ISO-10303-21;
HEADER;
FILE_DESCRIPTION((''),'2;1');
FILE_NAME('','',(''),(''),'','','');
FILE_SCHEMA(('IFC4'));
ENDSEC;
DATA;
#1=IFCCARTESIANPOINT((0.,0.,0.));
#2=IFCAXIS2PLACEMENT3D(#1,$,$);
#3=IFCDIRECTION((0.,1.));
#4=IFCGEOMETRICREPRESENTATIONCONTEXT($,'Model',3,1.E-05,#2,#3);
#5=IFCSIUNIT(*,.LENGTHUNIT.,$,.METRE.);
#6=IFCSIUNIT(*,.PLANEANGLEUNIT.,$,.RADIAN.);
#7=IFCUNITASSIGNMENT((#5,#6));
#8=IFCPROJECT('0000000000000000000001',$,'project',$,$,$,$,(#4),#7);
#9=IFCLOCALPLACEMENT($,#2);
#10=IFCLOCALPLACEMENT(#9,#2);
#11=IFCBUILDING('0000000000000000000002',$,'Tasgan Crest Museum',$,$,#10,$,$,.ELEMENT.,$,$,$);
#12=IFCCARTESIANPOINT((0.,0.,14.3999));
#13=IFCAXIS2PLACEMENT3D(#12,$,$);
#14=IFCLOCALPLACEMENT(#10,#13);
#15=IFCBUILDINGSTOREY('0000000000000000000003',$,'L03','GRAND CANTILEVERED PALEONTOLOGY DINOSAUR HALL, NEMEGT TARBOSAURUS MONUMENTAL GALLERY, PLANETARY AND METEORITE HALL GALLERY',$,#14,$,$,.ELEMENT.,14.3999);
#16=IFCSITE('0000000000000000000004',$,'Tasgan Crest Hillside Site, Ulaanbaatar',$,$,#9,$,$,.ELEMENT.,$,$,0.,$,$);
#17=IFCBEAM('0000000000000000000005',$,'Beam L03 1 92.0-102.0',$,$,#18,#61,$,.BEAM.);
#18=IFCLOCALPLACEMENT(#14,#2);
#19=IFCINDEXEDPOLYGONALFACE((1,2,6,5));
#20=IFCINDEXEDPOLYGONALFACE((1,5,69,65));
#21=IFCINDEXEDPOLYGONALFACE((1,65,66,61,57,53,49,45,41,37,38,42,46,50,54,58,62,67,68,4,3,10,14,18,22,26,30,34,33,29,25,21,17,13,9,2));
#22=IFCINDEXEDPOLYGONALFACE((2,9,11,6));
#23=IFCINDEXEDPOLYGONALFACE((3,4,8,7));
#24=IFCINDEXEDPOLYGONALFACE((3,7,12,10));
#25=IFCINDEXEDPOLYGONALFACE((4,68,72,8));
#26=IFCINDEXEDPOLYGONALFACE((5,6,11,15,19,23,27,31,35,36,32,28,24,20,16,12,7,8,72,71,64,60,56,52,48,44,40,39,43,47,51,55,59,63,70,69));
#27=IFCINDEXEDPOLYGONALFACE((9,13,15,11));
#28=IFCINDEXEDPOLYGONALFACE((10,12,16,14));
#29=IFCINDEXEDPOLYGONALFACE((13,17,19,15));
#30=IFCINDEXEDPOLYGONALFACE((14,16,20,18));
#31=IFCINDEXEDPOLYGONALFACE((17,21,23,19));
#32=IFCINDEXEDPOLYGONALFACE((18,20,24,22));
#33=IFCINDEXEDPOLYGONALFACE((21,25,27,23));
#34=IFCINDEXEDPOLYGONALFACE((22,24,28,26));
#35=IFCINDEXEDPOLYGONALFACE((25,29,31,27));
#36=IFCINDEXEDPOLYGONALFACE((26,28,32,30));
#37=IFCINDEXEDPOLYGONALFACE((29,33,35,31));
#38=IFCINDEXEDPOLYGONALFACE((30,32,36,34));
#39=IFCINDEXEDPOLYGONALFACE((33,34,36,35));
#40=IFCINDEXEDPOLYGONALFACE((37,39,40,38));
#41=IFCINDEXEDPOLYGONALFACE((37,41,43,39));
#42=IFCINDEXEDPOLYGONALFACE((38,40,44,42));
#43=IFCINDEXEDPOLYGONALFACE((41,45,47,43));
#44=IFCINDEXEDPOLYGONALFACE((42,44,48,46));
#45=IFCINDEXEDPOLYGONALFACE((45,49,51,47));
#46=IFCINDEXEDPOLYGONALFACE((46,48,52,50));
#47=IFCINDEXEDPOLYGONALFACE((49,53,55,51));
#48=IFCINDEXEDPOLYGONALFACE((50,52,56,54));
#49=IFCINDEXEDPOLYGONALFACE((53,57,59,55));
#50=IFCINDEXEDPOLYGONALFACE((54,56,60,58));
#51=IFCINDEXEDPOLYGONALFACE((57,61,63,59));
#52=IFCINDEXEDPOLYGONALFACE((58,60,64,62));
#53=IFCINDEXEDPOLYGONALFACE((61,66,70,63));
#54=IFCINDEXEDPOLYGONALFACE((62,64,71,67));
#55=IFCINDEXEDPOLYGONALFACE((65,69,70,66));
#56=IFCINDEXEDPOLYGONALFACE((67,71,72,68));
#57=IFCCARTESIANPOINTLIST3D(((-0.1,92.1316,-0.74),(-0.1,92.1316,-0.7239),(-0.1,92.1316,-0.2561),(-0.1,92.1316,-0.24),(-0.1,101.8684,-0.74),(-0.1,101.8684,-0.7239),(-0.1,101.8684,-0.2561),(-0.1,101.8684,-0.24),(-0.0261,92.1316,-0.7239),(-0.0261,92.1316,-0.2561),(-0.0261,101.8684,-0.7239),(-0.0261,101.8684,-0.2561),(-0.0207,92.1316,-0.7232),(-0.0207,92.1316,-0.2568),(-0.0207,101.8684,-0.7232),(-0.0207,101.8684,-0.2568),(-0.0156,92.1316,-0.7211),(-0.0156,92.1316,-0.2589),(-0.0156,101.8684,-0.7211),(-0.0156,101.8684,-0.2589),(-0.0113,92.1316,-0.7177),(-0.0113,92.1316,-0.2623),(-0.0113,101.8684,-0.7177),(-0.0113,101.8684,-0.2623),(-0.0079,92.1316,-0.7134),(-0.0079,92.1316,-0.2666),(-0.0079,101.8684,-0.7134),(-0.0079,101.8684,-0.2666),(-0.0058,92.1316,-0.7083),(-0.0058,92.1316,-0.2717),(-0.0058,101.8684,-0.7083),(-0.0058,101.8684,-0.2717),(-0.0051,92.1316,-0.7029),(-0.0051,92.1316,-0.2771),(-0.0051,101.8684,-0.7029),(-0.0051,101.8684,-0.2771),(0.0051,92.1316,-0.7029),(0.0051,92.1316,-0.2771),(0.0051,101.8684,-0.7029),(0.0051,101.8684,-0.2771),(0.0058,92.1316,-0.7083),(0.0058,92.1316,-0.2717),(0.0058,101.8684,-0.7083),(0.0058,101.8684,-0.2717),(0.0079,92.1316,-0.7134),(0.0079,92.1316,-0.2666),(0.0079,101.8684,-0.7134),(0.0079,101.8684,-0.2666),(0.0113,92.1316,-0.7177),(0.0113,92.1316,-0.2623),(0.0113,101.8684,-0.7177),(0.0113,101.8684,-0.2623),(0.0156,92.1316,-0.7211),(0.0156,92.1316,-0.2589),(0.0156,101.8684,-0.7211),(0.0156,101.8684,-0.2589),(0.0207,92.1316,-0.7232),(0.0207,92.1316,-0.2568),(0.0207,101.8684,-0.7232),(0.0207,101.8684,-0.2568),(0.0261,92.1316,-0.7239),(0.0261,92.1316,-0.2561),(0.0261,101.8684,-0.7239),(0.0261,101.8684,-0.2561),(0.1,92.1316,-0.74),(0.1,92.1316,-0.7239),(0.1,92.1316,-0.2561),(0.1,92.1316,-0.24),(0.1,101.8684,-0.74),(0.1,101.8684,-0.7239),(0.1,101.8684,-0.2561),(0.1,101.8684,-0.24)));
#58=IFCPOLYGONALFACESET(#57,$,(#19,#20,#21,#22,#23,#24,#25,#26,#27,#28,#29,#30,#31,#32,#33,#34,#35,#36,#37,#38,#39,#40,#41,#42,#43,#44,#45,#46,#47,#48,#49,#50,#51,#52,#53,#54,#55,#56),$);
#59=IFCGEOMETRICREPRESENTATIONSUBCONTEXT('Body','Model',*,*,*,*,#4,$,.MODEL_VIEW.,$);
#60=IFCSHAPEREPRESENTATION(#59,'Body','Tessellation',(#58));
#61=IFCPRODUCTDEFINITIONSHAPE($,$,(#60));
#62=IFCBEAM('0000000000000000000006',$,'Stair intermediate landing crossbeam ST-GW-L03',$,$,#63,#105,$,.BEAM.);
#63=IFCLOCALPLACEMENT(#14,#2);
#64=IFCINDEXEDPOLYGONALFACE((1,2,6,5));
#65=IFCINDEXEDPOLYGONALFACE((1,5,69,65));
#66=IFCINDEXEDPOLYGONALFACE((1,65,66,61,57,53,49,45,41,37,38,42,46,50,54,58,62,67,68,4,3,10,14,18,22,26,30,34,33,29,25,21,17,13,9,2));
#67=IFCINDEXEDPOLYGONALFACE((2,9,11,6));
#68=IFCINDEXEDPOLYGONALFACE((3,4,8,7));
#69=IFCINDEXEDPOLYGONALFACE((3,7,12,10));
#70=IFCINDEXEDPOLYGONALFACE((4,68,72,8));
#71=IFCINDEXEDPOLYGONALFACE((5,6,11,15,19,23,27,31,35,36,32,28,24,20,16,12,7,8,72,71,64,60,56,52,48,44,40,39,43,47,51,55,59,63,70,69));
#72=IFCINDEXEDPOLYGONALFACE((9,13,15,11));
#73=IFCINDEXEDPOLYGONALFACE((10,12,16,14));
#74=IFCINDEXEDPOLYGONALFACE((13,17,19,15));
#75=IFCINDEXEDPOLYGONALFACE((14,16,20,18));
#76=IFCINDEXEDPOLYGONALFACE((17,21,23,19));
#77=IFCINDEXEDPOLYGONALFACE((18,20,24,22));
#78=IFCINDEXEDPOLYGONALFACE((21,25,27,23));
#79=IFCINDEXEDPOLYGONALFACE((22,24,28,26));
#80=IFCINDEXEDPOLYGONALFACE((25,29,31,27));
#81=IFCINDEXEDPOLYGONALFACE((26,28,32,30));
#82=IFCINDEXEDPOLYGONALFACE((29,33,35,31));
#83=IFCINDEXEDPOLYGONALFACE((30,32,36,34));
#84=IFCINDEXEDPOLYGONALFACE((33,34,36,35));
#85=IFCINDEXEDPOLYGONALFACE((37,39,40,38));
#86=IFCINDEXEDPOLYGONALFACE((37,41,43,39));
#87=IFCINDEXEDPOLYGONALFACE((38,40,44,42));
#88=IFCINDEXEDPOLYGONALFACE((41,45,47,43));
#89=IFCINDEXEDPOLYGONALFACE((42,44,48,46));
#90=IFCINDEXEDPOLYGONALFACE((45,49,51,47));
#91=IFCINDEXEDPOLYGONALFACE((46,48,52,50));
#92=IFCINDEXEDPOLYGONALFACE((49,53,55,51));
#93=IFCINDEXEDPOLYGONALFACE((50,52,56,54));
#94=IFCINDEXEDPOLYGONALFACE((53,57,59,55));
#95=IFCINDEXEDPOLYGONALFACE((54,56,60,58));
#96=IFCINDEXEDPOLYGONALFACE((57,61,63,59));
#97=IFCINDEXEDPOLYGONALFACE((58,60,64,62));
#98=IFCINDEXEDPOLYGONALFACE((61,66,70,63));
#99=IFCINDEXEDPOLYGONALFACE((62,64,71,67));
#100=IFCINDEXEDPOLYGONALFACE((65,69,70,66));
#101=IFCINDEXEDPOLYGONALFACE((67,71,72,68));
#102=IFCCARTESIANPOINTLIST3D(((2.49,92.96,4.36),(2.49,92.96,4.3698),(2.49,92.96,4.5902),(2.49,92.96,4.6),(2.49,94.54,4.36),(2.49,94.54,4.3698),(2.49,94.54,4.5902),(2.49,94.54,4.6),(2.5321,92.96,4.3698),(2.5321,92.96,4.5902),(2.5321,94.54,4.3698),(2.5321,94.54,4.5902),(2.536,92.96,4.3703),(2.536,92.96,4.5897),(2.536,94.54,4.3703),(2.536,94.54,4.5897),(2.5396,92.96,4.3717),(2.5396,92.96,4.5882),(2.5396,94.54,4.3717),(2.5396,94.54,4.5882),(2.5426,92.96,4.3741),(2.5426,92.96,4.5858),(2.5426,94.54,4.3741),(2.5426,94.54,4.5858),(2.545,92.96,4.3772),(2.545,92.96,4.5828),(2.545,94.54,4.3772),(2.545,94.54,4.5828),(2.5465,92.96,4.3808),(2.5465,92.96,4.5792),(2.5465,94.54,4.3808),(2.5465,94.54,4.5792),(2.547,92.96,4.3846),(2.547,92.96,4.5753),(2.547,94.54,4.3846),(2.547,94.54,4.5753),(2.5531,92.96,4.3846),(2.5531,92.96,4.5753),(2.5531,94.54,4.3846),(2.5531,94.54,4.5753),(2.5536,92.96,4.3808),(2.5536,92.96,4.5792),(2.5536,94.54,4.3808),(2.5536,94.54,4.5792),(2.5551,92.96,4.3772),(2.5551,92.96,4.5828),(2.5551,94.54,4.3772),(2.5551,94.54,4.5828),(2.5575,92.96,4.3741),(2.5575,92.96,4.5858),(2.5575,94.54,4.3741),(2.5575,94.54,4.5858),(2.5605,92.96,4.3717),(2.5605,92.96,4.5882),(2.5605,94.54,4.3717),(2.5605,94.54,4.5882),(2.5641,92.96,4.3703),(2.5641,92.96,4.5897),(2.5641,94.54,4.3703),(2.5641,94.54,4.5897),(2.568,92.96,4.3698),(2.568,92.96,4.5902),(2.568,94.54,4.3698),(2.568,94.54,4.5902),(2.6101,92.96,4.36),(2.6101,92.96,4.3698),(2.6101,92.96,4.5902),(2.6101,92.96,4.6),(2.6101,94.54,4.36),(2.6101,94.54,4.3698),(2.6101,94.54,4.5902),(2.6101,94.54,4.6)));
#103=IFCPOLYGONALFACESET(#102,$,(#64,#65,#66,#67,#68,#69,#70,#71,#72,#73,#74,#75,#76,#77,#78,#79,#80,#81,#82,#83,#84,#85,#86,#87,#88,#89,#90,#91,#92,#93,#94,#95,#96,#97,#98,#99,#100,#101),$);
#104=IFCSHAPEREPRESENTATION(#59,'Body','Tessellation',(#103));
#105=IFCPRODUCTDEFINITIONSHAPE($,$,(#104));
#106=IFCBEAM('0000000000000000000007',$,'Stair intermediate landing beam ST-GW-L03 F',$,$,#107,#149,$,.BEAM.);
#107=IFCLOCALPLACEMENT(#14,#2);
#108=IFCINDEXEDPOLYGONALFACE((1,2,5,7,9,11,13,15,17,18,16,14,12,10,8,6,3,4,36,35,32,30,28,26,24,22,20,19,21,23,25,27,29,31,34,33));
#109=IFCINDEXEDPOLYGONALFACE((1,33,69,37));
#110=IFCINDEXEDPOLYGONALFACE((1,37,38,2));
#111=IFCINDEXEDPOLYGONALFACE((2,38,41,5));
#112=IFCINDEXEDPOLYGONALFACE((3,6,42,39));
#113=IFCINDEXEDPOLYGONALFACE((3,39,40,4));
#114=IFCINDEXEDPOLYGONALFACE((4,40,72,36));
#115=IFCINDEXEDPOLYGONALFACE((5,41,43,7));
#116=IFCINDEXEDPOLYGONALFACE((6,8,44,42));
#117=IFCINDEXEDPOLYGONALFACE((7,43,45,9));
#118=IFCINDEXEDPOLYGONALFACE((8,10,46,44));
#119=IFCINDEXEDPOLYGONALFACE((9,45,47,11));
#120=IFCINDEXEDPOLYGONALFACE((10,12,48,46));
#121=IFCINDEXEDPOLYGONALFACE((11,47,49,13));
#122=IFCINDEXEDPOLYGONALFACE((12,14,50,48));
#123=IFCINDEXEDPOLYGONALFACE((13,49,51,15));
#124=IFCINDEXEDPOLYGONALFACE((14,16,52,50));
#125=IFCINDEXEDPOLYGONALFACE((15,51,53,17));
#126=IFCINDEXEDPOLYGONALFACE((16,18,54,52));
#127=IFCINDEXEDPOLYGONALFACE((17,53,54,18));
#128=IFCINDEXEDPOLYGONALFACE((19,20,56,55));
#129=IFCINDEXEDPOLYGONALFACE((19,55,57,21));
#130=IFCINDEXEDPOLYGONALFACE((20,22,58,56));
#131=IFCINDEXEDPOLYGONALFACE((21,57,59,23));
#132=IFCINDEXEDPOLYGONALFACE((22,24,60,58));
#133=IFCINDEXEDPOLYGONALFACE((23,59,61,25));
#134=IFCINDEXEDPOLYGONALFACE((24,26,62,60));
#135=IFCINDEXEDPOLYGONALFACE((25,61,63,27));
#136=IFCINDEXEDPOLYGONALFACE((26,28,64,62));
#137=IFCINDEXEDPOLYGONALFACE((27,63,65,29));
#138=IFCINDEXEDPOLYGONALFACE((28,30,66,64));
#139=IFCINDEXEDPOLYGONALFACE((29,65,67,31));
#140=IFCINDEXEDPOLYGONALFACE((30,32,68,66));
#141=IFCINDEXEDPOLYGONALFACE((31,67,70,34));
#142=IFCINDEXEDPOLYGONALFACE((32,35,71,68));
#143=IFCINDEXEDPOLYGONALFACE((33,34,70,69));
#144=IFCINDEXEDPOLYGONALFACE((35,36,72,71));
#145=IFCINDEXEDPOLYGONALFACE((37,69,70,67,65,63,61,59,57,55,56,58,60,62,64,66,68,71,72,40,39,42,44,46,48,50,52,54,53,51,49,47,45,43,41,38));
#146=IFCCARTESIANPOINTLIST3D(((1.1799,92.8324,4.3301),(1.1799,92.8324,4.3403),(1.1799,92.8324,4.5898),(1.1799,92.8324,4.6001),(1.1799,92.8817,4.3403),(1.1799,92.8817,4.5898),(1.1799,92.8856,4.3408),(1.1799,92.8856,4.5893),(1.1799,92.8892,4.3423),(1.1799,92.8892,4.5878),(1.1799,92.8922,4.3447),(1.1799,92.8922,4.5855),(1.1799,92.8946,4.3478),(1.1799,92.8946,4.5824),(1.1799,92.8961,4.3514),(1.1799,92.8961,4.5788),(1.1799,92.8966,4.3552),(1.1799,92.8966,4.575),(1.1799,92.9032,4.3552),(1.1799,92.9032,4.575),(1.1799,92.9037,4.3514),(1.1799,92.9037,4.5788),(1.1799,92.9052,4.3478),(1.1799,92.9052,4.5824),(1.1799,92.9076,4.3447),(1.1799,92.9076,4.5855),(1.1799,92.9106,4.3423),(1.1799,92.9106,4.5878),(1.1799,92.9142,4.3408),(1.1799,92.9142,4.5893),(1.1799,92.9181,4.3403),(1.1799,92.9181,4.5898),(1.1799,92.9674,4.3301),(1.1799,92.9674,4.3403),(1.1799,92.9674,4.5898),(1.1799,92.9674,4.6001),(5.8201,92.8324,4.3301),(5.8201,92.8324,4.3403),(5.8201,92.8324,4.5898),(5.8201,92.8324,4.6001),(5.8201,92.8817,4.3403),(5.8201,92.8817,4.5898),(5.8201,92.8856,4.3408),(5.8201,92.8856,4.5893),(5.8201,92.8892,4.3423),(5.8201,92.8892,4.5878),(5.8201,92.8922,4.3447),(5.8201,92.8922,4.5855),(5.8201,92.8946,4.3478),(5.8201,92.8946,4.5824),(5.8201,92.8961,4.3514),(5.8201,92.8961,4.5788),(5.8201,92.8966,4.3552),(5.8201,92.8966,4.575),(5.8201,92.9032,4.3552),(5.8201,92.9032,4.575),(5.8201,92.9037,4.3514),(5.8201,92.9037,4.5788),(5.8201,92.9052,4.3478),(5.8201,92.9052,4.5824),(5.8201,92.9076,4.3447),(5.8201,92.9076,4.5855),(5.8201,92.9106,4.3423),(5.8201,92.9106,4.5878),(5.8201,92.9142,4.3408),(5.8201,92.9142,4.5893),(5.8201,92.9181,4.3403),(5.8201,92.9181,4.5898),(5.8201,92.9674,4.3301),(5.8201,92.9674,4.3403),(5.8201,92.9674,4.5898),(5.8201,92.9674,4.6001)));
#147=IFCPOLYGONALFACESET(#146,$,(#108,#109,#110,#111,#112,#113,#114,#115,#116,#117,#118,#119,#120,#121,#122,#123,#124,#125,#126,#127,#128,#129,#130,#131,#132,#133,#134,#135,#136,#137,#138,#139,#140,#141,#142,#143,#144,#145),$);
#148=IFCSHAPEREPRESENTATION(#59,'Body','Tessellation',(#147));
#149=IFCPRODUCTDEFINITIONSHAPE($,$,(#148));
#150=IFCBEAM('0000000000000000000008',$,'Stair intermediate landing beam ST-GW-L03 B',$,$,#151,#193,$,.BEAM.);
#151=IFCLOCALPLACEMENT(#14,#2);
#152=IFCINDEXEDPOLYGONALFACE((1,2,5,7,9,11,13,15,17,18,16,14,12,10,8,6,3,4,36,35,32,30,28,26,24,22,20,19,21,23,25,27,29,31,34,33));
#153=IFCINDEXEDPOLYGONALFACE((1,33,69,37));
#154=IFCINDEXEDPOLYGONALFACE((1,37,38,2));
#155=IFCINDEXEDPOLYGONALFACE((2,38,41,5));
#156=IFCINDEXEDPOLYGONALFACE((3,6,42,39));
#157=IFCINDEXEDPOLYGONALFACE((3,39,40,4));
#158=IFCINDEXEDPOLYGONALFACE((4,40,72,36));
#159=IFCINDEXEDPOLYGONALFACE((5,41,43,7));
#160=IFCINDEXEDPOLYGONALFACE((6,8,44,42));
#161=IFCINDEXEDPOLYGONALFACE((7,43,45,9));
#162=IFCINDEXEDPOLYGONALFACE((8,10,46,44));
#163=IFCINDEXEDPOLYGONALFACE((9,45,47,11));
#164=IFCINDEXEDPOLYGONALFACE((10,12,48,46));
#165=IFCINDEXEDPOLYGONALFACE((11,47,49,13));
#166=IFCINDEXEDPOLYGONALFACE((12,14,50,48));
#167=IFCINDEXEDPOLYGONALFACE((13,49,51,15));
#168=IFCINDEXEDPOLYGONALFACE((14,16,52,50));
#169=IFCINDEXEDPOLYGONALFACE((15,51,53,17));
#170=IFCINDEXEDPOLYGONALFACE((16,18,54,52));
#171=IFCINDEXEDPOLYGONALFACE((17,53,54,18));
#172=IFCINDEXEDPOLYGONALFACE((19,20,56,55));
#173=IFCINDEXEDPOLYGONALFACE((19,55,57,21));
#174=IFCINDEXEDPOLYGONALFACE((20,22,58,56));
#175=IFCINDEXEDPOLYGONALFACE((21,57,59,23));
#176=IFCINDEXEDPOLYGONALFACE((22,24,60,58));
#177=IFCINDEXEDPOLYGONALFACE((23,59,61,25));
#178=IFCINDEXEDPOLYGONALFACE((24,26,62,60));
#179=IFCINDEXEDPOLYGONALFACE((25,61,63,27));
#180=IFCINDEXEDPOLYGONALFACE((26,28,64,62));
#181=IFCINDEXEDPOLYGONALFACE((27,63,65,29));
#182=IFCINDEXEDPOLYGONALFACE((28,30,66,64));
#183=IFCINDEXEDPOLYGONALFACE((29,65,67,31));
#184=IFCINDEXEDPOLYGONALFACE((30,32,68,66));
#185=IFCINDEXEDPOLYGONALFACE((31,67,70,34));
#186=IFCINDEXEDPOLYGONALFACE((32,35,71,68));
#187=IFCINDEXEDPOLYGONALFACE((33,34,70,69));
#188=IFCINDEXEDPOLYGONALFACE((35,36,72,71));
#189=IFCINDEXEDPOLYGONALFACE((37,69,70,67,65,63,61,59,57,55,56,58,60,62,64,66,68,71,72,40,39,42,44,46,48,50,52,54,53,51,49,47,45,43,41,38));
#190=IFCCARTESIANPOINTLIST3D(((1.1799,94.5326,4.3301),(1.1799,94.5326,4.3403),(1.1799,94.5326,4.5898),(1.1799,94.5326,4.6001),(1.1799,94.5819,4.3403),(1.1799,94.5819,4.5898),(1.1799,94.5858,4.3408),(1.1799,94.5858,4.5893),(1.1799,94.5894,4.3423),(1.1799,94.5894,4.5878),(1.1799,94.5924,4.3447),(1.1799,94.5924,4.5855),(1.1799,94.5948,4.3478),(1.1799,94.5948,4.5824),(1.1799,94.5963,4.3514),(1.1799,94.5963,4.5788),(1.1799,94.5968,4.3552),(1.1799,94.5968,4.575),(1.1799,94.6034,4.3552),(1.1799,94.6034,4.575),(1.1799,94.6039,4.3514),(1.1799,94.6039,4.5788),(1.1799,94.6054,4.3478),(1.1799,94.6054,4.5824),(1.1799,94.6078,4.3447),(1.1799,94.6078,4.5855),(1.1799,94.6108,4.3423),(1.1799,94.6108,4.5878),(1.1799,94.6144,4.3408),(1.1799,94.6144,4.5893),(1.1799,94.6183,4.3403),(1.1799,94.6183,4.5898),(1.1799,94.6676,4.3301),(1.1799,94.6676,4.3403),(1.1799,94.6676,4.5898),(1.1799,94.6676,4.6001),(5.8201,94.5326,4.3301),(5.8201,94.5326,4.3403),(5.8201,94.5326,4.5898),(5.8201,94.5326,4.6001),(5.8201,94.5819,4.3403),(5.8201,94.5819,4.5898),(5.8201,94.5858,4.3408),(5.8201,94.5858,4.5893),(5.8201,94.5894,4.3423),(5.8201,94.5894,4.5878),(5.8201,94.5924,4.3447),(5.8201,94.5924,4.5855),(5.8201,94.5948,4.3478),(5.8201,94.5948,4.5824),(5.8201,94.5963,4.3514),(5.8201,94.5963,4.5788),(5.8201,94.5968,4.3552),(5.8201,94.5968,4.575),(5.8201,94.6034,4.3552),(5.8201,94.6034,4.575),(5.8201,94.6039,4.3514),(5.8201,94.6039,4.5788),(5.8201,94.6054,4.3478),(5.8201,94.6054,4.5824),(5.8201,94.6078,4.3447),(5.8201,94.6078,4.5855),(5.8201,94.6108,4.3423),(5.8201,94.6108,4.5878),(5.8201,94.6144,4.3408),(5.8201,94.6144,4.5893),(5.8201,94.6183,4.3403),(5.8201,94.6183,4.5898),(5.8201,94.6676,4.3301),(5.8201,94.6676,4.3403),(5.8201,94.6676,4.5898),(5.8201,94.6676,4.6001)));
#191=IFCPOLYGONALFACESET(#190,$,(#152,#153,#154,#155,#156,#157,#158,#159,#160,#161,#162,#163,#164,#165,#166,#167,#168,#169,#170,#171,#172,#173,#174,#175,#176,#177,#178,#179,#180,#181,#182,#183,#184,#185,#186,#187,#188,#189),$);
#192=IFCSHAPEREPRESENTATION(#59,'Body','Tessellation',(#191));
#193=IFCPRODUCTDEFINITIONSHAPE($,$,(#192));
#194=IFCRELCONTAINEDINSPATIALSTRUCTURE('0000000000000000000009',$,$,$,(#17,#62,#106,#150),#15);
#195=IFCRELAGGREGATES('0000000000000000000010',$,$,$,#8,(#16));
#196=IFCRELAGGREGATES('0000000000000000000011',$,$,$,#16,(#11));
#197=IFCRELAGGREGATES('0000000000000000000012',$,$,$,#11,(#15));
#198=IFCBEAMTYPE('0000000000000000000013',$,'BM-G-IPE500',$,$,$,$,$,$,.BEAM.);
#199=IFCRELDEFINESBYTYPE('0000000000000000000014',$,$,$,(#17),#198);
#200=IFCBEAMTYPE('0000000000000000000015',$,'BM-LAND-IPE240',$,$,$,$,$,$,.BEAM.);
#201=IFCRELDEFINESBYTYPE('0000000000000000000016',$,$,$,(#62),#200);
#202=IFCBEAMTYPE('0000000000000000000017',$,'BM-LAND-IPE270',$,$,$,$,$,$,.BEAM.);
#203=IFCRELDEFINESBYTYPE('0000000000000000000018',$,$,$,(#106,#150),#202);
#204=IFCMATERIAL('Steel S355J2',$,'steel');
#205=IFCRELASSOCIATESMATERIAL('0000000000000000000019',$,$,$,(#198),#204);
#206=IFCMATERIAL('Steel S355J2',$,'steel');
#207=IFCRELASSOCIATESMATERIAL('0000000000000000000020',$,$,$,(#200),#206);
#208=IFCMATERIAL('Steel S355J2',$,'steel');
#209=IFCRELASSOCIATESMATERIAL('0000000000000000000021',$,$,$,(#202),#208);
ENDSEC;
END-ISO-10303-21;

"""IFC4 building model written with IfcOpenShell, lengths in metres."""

from ifc_helpers import new_model, si_unit, direction, frame, origin, origin_2d, place, context, subcontext, project, spatial, i_section, extrude, material, material_profile, profile_set, type_object, element, save


model = new_model("IFC4")

# Units and contexts
model_context = context("Model", 3, precision=1e-05, world=origin(), true_north=direction((0.0, 1.0)))
body_context = subcontext(model_context, "Body", "Model", "MODEL_VIEW")
ifc_project = project(units=[si_unit("LENGTHUNIT", "METRE"), si_unit("PLANEANGLEUNIT", "RADIAN")], contexts=[model_context])

# Site, building, storey
site_placement = place(None, origin())
site = spatial("IfcSite", under=ifc_project, at=site_placement, Name="Tasgan Crest Hillside Site, Ulaanbaatar", CompositionType="ELEMENT", RefElevation=0.0)
building_placement = place(site_placement, origin())
building = spatial("IfcBuilding", under=site, at=building_placement, Name="Tasgan Crest Museum", CompositionType="ELEMENT")
storey_placement = place(building_placement, frame((0.0, 0.0, 14.3999)))
storey = spatial("IfcBuildingStorey", under=building, at=storey_placement, Name="L03", Description="GRAND CANTILEVERED PALEONTOLOGY DINOSAUR HALL, NEMEGT TARBOSAURUS MONUMENTAL GALLERY, PLANETARY AND METEORITE HALL GALLERY", CompositionType="ELEMENT", Elevation=14.3999)

# Beams
ifc_material_1 = material(Name="Steel S355J2", Category="steel")
ifc_material_profile_1 = material_profile(ifc_material_1, i_section(OverallWidth=0.2, OverallDepth=0.5, WebThickness=0.0103, FlangeThickness=0.0161, FilletRadius=0.021, at=origin_2d()), Name="IPE 500")
ifc_profile_set_1 = profile_set([ifc_material_profile_1], Name="Steel S355J2")
beam_type_1 = type_object("IfcBeamType", Name="BM-G-IPE500", PredefinedType="BEAM", material=ifc_profile_set_1)
beam_1_placement = place(storey_placement, frame((0.0, 92.1316, -0.49), z_axis=(0.0, 1.0, 0.0), x_axis=(-1.0, 0.0, 0.0)))
element("IfcBeam", 1, at=beam_1_placement, inside=storey, type_object=beam_type_1, Name="Beam L03 1 92.0-102.0", PredefinedType="BEAM", context=body_context, shape_type="SweptSolid", body=[
    extrude(i_section(OverallWidth=0.2, OverallDepth=0.5, WebThickness=0.0103, FlangeThickness=0.0161, FilletRadius=0.021, at=origin_2d()), origin(), (0.0, 0.0, 1.0), 9.7368),
])
ifc_material_2 = material(Name="Steel S355J2", Category="steel")
ifc_material_profile_2 = material_profile(ifc_material_2, i_section(OverallWidth=0.1201, OverallDepth=0.24, WebThickness=0.0061, FlangeThickness=0.0098, FilletRadius=0.0149, at=origin_2d()), Name="IPE 240")
ifc_profile_set_2 = profile_set([ifc_material_profile_2], Name="Steel S355J2")
beam_type_2 = type_object("IfcBeamType", Name="BM-LAND-IPE240", PredefinedType="BEAM", material=ifc_profile_set_2)
beam_2_placement = place(storey_placement, frame((2.55, 92.96, 4.48), z_axis=(0.0, 1.0, 0.0), x_axis=(-1.0, 0.0, 0.0)))
element("IfcBeam", 2, at=beam_2_placement, inside=storey, type_object=beam_type_2, Name="Stair intermediate landing crossbeam ST-GW-L03", PredefinedType="BEAM", context=body_context, shape_type="SweptSolid", body=[
    extrude(i_section(OverallWidth=0.1201, OverallDepth=0.24, WebThickness=0.0061, FlangeThickness=0.0098, FilletRadius=0.0149, at=origin_2d()), origin(), (0.0, 0.0, 1.0), 1.5801),
])
ifc_material_3 = material(Name="Steel S355J2", Category="steel")
ifc_material_profile_3 = material_profile(ifc_material_3, i_section(OverallWidth=0.135, OverallDepth=0.27, WebThickness=0.0066, FlangeThickness=0.0103, FilletRadius=0.0149, at=origin_2d()), Name="IPE 270")
ifc_profile_set_3 = profile_set([ifc_material_profile_3], Name="Steel S355J2")
beam_type_3 = type_object("IfcBeamType", Name="BM-LAND-IPE270", PredefinedType="BEAM", material=ifc_profile_set_3)
for number, where, z_axis, x_axis, name in (
    (3, (1.1799, 92.8999, 4.4651), (1.0, 0.0, 0.0), (0.0, 1.0, 0.0), "Stair intermediate landing beam ST-GW-L03 F"),
    (4, (1.1799, 94.6001, 4.4651), (1.0, 0.0, 0.0), (0.0, 1.0, 0.0), "Stair intermediate landing beam ST-GW-L03 B"),
):
    element("IfcBeam", number, at=place(storey_placement, frame(where, z_axis=z_axis, x_axis=x_axis)), inside=storey, type_object=beam_type_3, Name=name, PredefinedType="BEAM", context=body_context, shape_type="SweptSolid", body=[
        extrude(i_section(OverallWidth=0.135, OverallDepth=0.27, WebThickness=0.0066, FlangeThickness=0.0103, FilletRadius=0.0149, at=origin_2d()), origin(), (0.0, 0.0, 1.0), 4.6401),
    ])

save(model, "model.ifc")
